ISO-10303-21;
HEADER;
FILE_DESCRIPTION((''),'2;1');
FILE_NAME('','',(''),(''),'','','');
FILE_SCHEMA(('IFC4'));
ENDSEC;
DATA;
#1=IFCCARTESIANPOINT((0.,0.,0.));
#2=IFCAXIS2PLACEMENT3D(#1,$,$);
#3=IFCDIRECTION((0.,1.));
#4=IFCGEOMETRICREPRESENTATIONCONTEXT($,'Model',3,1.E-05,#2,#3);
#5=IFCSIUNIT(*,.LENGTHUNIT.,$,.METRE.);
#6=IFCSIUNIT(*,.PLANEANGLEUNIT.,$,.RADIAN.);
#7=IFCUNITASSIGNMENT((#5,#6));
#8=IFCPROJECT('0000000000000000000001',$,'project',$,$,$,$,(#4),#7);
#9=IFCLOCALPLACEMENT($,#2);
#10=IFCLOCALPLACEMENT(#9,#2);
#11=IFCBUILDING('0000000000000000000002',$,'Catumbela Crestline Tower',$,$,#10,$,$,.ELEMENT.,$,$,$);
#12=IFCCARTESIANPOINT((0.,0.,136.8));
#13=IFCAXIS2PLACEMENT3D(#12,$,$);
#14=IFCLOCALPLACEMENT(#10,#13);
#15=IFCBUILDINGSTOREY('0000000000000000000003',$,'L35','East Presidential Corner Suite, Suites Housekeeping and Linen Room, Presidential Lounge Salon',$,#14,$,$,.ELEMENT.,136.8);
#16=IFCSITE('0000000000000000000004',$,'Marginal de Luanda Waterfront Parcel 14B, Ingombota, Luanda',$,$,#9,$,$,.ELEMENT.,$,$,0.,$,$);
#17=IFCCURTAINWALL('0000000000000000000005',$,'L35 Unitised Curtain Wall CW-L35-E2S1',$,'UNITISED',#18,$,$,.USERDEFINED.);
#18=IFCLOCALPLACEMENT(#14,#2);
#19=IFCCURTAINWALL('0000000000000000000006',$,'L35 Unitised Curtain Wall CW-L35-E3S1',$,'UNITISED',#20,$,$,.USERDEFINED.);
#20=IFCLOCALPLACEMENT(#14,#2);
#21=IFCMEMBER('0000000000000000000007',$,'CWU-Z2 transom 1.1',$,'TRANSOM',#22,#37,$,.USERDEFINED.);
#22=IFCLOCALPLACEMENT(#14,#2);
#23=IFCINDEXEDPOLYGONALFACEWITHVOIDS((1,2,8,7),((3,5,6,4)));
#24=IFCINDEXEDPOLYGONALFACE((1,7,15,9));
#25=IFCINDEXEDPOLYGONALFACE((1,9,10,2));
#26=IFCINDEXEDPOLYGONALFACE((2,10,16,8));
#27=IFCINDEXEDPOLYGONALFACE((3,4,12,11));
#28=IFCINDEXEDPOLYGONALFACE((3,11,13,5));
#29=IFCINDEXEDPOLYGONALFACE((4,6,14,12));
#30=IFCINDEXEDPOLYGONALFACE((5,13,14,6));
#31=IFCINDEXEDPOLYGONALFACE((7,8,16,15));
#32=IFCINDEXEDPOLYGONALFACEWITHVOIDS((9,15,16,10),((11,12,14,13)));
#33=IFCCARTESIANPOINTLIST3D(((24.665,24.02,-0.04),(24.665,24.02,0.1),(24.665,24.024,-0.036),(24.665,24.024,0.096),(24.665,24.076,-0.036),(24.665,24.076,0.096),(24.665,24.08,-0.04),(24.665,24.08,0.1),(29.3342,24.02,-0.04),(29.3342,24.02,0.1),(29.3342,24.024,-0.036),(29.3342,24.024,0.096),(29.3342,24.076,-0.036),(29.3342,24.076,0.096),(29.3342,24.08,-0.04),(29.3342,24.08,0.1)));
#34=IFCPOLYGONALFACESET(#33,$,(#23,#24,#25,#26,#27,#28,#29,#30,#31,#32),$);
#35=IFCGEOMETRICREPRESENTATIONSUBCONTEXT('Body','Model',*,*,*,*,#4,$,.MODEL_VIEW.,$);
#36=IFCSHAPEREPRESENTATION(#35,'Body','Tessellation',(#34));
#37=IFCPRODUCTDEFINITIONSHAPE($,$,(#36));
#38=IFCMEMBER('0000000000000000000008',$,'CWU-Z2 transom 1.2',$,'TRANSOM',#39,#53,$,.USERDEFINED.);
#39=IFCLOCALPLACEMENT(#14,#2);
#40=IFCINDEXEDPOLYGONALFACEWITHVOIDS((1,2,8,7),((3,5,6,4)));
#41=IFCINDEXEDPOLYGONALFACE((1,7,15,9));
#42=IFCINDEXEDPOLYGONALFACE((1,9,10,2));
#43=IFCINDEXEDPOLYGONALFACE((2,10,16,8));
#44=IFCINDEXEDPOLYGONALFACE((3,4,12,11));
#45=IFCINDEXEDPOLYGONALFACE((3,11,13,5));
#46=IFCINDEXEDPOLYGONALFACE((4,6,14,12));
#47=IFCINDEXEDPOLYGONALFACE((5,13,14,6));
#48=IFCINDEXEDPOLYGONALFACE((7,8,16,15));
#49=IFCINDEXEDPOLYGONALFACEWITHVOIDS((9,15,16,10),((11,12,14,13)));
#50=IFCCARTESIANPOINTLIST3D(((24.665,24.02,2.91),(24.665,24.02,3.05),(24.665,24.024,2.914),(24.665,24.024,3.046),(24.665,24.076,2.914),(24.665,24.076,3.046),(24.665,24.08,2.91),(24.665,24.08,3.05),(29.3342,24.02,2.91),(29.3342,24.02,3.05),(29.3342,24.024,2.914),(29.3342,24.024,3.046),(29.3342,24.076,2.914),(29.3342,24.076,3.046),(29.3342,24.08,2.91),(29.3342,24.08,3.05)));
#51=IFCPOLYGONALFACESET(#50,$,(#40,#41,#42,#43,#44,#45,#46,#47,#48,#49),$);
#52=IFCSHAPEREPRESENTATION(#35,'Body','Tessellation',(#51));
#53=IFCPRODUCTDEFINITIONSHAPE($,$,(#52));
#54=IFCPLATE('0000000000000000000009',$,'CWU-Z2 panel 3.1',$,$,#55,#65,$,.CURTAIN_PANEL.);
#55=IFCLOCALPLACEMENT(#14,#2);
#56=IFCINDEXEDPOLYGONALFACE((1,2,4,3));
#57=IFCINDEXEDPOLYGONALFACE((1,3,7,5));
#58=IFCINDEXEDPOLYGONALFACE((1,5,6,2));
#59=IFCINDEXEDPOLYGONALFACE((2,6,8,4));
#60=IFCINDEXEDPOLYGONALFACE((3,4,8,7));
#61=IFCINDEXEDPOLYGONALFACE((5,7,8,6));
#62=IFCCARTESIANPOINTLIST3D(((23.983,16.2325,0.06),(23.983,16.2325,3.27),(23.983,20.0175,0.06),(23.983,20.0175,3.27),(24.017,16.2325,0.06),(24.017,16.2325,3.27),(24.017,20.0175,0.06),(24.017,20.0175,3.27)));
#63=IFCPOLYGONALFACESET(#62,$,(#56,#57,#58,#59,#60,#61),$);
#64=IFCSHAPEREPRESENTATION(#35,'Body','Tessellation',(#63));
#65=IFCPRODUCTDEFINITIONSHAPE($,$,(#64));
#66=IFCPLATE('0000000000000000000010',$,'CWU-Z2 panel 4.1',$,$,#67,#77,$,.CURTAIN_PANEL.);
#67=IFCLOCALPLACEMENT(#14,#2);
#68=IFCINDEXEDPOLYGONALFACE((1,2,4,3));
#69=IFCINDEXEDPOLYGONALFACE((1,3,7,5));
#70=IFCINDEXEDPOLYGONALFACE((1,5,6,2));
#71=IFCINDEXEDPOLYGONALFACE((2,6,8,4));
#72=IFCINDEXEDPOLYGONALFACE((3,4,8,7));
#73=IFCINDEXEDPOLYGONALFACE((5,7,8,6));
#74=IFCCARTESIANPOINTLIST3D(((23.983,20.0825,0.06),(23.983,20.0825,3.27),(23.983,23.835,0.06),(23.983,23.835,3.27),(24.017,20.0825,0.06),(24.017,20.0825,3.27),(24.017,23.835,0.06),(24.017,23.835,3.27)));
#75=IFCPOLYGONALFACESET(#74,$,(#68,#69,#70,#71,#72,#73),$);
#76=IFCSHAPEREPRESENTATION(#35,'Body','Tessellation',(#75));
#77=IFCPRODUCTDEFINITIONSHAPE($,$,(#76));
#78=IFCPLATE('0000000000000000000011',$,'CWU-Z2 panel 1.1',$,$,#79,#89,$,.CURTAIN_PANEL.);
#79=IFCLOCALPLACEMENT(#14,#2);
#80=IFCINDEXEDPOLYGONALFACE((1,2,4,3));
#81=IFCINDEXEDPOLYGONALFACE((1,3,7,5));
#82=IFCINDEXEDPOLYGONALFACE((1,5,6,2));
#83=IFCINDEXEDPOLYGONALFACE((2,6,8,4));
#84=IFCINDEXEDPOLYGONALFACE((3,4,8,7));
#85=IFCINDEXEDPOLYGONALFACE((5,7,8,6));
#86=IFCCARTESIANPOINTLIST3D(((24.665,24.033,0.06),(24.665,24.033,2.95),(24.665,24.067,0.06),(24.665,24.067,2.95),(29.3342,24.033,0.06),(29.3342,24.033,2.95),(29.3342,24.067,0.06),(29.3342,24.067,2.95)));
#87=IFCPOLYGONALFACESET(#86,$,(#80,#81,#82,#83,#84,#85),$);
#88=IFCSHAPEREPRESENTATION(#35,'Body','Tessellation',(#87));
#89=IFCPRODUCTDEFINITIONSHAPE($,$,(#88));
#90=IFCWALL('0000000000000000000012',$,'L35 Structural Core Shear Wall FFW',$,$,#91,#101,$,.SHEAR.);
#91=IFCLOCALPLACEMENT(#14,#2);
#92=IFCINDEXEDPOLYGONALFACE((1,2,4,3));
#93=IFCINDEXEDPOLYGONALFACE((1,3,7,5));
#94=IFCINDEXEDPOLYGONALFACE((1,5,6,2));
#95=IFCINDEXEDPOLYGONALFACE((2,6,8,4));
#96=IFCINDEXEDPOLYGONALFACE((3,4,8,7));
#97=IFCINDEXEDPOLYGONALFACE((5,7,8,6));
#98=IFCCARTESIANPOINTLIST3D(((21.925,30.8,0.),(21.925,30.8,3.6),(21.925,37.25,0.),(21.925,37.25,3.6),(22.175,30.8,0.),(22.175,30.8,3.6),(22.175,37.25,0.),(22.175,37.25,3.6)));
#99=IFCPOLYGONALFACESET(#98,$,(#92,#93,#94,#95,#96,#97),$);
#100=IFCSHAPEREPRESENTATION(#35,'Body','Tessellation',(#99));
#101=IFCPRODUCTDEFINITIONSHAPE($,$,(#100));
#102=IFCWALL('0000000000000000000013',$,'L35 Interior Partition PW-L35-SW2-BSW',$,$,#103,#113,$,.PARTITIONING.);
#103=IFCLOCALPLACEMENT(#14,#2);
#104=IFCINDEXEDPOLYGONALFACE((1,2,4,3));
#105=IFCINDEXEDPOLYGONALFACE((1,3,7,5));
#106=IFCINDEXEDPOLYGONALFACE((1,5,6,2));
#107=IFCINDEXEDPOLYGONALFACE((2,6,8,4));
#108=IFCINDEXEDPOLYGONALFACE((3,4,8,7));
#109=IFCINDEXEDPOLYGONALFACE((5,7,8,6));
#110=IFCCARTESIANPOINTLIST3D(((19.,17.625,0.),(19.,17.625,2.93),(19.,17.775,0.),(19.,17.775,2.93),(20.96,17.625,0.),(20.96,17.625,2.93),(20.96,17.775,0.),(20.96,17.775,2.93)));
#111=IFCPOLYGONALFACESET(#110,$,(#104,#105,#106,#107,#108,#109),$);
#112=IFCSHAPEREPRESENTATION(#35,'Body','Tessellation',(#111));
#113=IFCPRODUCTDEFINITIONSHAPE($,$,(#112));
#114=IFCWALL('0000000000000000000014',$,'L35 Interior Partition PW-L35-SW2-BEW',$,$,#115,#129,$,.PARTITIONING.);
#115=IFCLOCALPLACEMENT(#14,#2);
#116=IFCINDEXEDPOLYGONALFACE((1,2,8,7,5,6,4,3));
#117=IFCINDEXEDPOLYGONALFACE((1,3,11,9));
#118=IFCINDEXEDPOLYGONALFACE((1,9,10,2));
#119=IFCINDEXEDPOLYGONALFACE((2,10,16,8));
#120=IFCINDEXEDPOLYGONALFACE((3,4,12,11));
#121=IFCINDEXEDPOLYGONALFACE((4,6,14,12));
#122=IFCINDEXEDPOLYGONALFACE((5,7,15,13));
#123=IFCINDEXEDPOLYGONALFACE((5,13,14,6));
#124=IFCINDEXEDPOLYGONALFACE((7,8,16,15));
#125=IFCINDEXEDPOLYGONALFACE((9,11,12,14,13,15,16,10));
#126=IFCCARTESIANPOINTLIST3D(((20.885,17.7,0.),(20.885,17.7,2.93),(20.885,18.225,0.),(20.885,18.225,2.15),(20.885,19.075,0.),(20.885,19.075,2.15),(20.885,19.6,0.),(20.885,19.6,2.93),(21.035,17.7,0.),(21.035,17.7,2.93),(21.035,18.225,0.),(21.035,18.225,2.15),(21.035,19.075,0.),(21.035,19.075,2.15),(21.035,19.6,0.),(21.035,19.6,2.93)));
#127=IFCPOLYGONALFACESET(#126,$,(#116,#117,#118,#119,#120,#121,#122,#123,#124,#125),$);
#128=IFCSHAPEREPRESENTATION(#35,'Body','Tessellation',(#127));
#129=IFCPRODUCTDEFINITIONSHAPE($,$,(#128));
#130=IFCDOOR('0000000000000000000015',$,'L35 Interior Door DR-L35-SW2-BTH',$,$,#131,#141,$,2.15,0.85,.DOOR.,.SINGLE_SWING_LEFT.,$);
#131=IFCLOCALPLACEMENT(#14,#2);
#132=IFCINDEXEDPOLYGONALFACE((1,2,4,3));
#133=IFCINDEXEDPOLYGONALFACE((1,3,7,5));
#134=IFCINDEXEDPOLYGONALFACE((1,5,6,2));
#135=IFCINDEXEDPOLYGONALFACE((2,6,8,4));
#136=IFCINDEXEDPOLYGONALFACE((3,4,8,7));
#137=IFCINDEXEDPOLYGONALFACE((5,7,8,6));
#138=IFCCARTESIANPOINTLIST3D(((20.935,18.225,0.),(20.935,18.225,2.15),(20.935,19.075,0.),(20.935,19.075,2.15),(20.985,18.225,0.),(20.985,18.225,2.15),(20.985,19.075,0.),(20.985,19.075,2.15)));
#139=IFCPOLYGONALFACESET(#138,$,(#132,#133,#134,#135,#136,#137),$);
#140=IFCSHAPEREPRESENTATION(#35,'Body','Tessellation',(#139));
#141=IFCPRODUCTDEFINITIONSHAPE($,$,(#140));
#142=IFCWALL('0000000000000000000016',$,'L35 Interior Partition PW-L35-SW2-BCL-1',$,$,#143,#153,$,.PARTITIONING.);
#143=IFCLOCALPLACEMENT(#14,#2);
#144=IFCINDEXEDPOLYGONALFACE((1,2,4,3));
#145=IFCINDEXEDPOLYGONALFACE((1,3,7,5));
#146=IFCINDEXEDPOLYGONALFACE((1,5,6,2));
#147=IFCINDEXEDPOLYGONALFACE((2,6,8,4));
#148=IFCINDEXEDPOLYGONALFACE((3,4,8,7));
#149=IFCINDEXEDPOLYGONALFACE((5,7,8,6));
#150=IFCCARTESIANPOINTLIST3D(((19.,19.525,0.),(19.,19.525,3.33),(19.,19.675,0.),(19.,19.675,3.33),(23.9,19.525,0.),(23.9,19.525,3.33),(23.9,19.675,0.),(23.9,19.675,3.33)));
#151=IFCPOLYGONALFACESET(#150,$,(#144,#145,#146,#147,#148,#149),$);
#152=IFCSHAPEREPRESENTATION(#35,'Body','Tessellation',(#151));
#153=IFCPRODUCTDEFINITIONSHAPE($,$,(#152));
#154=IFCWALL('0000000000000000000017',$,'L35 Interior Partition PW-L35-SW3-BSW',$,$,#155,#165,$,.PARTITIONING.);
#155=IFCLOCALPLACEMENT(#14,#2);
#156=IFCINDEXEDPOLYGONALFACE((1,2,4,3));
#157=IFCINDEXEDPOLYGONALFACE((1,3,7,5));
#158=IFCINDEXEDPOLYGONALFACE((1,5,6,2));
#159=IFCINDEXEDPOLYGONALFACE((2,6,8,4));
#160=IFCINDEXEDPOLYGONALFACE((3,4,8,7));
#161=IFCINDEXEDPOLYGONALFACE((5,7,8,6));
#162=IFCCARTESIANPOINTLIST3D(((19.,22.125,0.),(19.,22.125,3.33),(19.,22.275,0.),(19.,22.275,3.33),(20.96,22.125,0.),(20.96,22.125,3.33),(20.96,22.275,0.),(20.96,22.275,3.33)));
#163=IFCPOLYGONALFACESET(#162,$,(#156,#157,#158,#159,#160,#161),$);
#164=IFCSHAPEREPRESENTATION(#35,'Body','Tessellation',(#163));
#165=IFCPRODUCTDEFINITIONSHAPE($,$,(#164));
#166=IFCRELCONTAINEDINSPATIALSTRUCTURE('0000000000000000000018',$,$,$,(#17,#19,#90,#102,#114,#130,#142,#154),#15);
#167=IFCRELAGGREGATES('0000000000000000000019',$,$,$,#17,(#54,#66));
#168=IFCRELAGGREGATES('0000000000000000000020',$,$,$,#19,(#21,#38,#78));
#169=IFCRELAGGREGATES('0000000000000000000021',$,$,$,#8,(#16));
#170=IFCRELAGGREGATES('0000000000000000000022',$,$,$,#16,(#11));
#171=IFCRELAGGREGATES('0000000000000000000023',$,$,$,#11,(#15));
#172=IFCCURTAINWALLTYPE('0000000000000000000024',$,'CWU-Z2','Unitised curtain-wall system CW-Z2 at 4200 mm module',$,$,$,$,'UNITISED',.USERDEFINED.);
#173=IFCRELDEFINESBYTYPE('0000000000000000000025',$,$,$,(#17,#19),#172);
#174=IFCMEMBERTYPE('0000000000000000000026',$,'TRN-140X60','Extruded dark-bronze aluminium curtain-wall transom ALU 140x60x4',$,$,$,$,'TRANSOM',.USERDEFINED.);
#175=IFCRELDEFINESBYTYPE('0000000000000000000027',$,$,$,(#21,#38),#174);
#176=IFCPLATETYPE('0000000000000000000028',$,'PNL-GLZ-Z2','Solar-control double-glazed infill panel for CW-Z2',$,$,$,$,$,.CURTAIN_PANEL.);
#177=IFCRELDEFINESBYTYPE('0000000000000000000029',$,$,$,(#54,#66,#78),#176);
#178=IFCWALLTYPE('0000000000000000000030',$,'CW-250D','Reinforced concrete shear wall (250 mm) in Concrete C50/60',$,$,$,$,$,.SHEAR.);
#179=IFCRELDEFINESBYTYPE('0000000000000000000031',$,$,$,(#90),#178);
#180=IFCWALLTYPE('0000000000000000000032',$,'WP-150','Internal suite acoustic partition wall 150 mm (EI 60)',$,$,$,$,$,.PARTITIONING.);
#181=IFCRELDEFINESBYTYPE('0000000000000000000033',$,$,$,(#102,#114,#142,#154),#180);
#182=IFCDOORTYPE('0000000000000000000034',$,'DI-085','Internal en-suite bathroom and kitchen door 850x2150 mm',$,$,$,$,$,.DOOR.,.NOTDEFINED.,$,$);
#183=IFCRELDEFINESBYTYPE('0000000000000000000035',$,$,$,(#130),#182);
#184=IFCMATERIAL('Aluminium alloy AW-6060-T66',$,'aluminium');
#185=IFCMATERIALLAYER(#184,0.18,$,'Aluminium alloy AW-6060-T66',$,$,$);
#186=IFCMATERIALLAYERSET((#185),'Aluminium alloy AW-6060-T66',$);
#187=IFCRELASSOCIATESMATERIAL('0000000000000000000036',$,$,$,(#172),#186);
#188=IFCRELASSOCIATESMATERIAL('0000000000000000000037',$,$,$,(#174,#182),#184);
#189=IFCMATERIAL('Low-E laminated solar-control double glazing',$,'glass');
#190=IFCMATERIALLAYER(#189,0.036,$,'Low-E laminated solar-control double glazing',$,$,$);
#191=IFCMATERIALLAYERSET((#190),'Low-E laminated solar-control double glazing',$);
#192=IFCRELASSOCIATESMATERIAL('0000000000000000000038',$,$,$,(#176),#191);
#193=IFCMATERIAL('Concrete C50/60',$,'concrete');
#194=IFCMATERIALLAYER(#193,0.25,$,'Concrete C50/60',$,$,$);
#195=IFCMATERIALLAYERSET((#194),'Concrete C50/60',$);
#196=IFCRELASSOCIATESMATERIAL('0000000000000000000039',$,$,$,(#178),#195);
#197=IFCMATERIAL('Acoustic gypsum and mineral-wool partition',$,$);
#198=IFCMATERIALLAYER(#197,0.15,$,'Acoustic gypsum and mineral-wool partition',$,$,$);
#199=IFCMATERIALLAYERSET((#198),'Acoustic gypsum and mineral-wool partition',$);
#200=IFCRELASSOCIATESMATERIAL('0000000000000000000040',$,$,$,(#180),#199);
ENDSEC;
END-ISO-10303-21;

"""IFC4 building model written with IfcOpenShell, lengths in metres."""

from ifc_helpers import new_model, si_unit, direction, frame, frame_2d, origin, origin_2d, place, context, subcontext, project, spatial, rectangle, hollow_rectangle, extrude, material, layer, layer_set, material_profile, profile_set, type_object, element, fill, aggregate, save


model = new_model("IFC4")

# Units and contexts
model_context = context("Model", 3, precision=1e-05, world=origin(), true_north=direction((0.0, 1.0)))
body_context = subcontext(model_context, "Body", "Model", "MODEL_VIEW")
ifc_project = project(units=[si_unit("LENGTHUNIT", "METRE"), si_unit("PLANEANGLEUNIT", "RADIAN")], contexts=[model_context])

# Site, building, storey
site_placement = place(None, origin())
site = spatial("IfcSite", under=ifc_project, at=site_placement, Name="Marginal de Luanda Waterfront Parcel 14B, Ingombota, Luanda", CompositionType="ELEMENT", RefElevation=0.0)
building_placement = place(site_placement, origin())
building = spatial("IfcBuilding", under=site, at=building_placement, Name="Catumbela Crestline Tower", CompositionType="ELEMENT")
storey_placement = place(building_placement, frame((0.0, 0.0, 136.8)))
storey = spatial("IfcBuildingStorey", under=building, at=storey_placement, Name="L35", Description="East Presidential Corner Suite, Suites Housekeeping and Linen Room, Presidential Lounge Salon", CompositionType="ELEMENT", Elevation=136.8)

# Shared definitions
ifc_material_1 = material(Name="Concrete C50/60", Category="concrete")

# Curtain wall
ifc_material_2 = material(Name="Aluminium alloy AW-6060-T66", Category="aluminium")
ifc_layer_1 = layer(ifc_material_2, 0.18, Name="Aluminium alloy AW-6060-T66")
ifc_layer_set_1 = layer_set([ifc_layer_1], Name="Aluminium alloy AW-6060-T66")
curtain_wall_type = type_object("IfcCurtainWallType", Name="CWU-Z2", Description="Unitised curtain-wall system CW-Z2 at 4200 mm module", ElementType="UNITISED", PredefinedType="USERDEFINED", material=ifc_layer_set_1)
curtain_wall_1_placement = place(storey_placement, origin())
curtain_wall_1 = element("IfcCurtainWall", 1, at=curtain_wall_1_placement, inside=storey, type_object=curtain_wall_type, Name="L35 Unitised Curtain Wall CW-L35-E2S1", ObjectType="UNITISED", PredefinedType="USERDEFINED")

# Curtain wall
curtain_wall_2_placement = place(storey_placement, origin())
curtain_wall_2 = element("IfcCurtainWall", 2, at=curtain_wall_2_placement, inside=storey, type_object=curtain_wall_type, Name="L35 Unitised Curtain Wall CW-L35-E3S1", ObjectType="UNITISED", PredefinedType="USERDEFINED")

# Members
ifc_material_profile_1 = material_profile(ifc_material_2, hollow_rectangle(XDim=0.06, YDim=0.14, WallThickness=0.004, at=origin_2d()), Name="ALU 140x60x4")
ifc_profile_set_1 = profile_set([ifc_material_profile_1], Name="Aluminium alloy AW-6060-T66")
member_type_1 = type_object("IfcMemberType", Name="TRN-140X60", Description="Extruded dark-bronze aluminium curtain-wall transom ALU 140x60x4", ElementType="TRANSOM", PredefinedType="USERDEFINED", material=ifc_profile_set_1)
member_1_placement = place(storey_placement, frame((24.665, 24.05, 0.03), z_axis=(1.0, 0.0, 0.0), x_axis=(0.0, 1.0, 0.0)))
member_1 = element("IfcMember", 3, at=member_1_placement, type_object=member_type_1, Name="CWU-Z2 transom 1.1", ObjectType="TRANSOM", PredefinedType="USERDEFINED", context=body_context, shape_type="SweptSolid", body=[
    extrude(hollow_rectangle(XDim=0.06, YDim=0.14, WallThickness=0.004, at=origin_2d()), origin(), (0.0, 0.0, 1.0), 4.6692),
])
member_2_placement = place(storey_placement, frame((24.665, 24.05, 2.98), z_axis=(1.0, 0.0, 0.0), x_axis=(0.0, 1.0, 0.0)))
member_2 = element("IfcMember", 4, at=member_2_placement, type_object=member_type_1, Name="CWU-Z2 transom 1.2", ObjectType="TRANSOM", PredefinedType="USERDEFINED", context=body_context, shape_type="SweptSolid", body=[
    extrude(hollow_rectangle(XDim=0.06, YDim=0.14, WallThickness=0.004, at=origin_2d()), origin(), (0.0, 0.0, 1.0), 4.6692),
])

# Plates
ifc_material_3 = material(Name="Low-E laminated solar-control double glazing", Category="glass")
ifc_layer_2 = layer(ifc_material_3, 0.036, Name="Low-E laminated solar-control double glazing")
ifc_layer_set_2 = layer_set([ifc_layer_2], Name="Low-E laminated solar-control double glazing")
plate_type = type_object("IfcPlateType", Name="PNL-GLZ-Z2", Description="Solar-control double-glazed infill panel for CW-Z2", PredefinedType="CURTAIN_PANEL", material=ifc_layer_set_2)
plate_1_placement = place(storey_placement, frame((24.0, 18.125, 0.06), z_axis=(0.0, 0.0, 1.0), x_axis=(0.0, 1.0, 0.0)))
plate_1 = element("IfcPlate", 5, at=plate_1_placement, type_object=plate_type, Name="CWU-Z2 panel 3.1", PredefinedType="CURTAIN_PANEL", context=body_context, shape_type="SweptSolid", body=[
    extrude(rectangle(XDim=3.785, YDim=0.034, at=origin_2d()), origin(), (0.0, 0.0, 1.0), 3.21),
])
plate_2_placement = place(storey_placement, frame((24.0, 21.9587, 0.06), z_axis=(0.0, 0.0, 1.0), x_axis=(0.0, 1.0, 0.0)))
plate_2 = element("IfcPlate", 6, at=plate_2_placement, type_object=plate_type, Name="CWU-Z2 panel 4.1", PredefinedType="CURTAIN_PANEL", context=body_context, shape_type="SweptSolid", body=[
    extrude(rectangle(XDim=3.7525, YDim=0.034, at=origin_2d()), origin(), (0.0, 0.0, 1.0), 3.21),
])
aggregate(curtain_wall_1, [plate_1, plate_2])
plate_3_placement = place(storey_placement, frame((26.9996, 24.05, 0.06), z_axis=(0.0, 0.0, 1.0), x_axis=(1.0, 0.0, 0.0)))
plate_3 = element("IfcPlate", 7, at=plate_3_placement, type_object=plate_type, Name="CWU-Z2 panel 1.1", PredefinedType="CURTAIN_PANEL", context=body_context, shape_type="SweptSolid", body=[
    extrude(rectangle(XDim=4.6692, YDim=0.034, at=origin_2d()), origin(), (0.0, 0.0, 1.0), 2.89),
])
aggregate(curtain_wall_2, [member_1, member_2, plate_3])

# Walls
ifc_layer_3 = layer(ifc_material_1, 0.25, Name="Concrete C50/60")
ifc_layer_set_3 = layer_set([ifc_layer_3], Name="Concrete C50/60")
wall_type_1 = type_object("IfcWallType", Name="CW-250D", Description="Reinforced concrete shear wall (250 mm) in Concrete C50/60", PredefinedType="SHEAR", material=ifc_layer_set_3)
wall_1_placement = place(storey_placement, frame((22.05, 30.8, 0.0), z_axis=(0.0, 0.0, 1.0), x_axis=(0.0, 1.0, 0.0)))
element("IfcWall", 8, at=wall_1_placement, inside=storey, type_object=wall_type_1, Name="L35 Structural Core Shear Wall FFW", PredefinedType="SHEAR", context=body_context, shape_type="SweptSolid", body=[
    extrude(rectangle(XDim=6.45, YDim=0.25, at=frame_2d((3.225, 0.0))), origin(), (0.0, 0.0, 1.0), 3.6),
])
ifc_material_4 = material(Name="Acoustic gypsum and mineral-wool partition")
ifc_layer_4 = layer(ifc_material_4, 0.15, Name="Acoustic gypsum and mineral-wool partition")
ifc_layer_set_4 = layer_set([ifc_layer_4], Name="Acoustic gypsum and mineral-wool partition")
wall_type_2 = type_object("IfcWallType", Name="WP-150", Description="Internal suite acoustic partition wall 150 mm (EI 60)", PredefinedType="PARTITIONING", material=ifc_layer_set_4)
wall_2_placement = place(storey_placement, frame((19.0, 17.7, 0.0), z_axis=(0.0, 0.0, 1.0), x_axis=(1.0, 0.0, 0.0)))
element("IfcWall", 9, at=wall_2_placement, inside=storey, type_object=wall_type_2, Name="L35 Interior Partition PW-L35-SW2-BSW", PredefinedType="PARTITIONING", context=body_context, shape_type="SweptSolid", body=[
    extrude(rectangle(XDim=1.96, YDim=0.15, at=frame_2d((0.98, 0.0))), origin(), (0.0, 0.0, 1.0), 2.93),
])

# Wall, opening, door
wall_3_placement = place(storey_placement, frame((20.96, 17.7, 0.0), z_axis=(0.0, 0.0, 1.0), x_axis=(0.0, 1.0, 0.0)))
wall_3 = element("IfcWall", 10, at=wall_3_placement, inside=storey, type_object=wall_type_2, Name="L35 Interior Partition PW-L35-SW2-BEW", PredefinedType="PARTITIONING", context=body_context, shape_type="SweptSolid", body=[
    extrude(rectangle(XDim=1.9, YDim=0.15, at=frame_2d((0.95, 0.0))), origin(), (0.0, 0.0, 1.0), 2.93),
])
opening_1_placement = place(wall_3_placement, frame((0.525, 0.0, 0.0)))
opening_1 = element("IfcOpeningElement", 11, at=opening_1_placement, cuts=wall_3, PredefinedType="OPENING", context=body_context, shape_type="SweptSolid", body=[
    extrude(rectangle(XDim=0.85, YDim=2.15, at=frame_2d((0.425, 1.075))), frame((0.0, 0.085, 0.0), z_axis=(0.0, -1.0, 0.0), x_axis=(1.0, 0.0, 0.0)), (0.0, 0.0, 1.0), 0.17),
])
door_type = type_object("IfcDoorType", Name="DI-085", Description="Internal en-suite bathroom and kitchen door 850x2150 mm", OperationType="NOTDEFINED", PredefinedType="DOOR", material=ifc_material_2)
door_1_placement = place(opening_1_placement, origin())
door_1 = element("IfcDoor", 12, at=door_1_placement, inside=storey, type_object=door_type, Name="L35 Interior Door DR-L35-SW2-BTH", OperationType="SINGLE_SWING_LEFT", OverallHeight=2.15, OverallWidth=0.85, PredefinedType="DOOR", context=body_context, shape_type="SweptSolid", body=[
    extrude(rectangle(XDim=0.85, YDim=2.15, at=frame_2d((0.425, 1.075))), frame((0.0, 0.025, 0.0), z_axis=(0.0, -1.0, 0.0), x_axis=(1.0, 0.0, 0.0)), (0.0, 0.0, 1.0), 0.05),
])
fill(opening_1, door_1)

# Walls
wall_4_placement = place(storey_placement, frame((19.0, 19.6, 0.0), z_axis=(0.0, 0.0, 1.0), x_axis=(1.0, 0.0, 0.0)))
element("IfcWall", 13, at=wall_4_placement, inside=storey, type_object=wall_type_2, Name="L35 Interior Partition PW-L35-SW2-BCL-1", PredefinedType="PARTITIONING", context=body_context, shape_type="SweptSolid", body=[
    extrude(rectangle(XDim=4.9, YDim=0.15, at=frame_2d((2.45, 0.0))), origin(), (0.0, 0.0, 1.0), 3.33),
])
wall_5_placement = place(storey_placement, frame((19.0, 22.2, 0.0), z_axis=(0.0, 0.0, 1.0), x_axis=(1.0, 0.0, 0.0)))
element("IfcWall", 14, at=wall_5_placement, inside=storey, type_object=wall_type_2, Name="L35 Interior Partition PW-L35-SW3-BSW", PredefinedType="PARTITIONING", context=body_context, shape_type="SweptSolid", body=[
    extrude(rectangle(XDim=1.96, YDim=0.15, at=frame_2d((0.98, 0.0))), origin(), (0.0, 0.0, 1.0), 3.33),
])

save(model, "model.ifc")
